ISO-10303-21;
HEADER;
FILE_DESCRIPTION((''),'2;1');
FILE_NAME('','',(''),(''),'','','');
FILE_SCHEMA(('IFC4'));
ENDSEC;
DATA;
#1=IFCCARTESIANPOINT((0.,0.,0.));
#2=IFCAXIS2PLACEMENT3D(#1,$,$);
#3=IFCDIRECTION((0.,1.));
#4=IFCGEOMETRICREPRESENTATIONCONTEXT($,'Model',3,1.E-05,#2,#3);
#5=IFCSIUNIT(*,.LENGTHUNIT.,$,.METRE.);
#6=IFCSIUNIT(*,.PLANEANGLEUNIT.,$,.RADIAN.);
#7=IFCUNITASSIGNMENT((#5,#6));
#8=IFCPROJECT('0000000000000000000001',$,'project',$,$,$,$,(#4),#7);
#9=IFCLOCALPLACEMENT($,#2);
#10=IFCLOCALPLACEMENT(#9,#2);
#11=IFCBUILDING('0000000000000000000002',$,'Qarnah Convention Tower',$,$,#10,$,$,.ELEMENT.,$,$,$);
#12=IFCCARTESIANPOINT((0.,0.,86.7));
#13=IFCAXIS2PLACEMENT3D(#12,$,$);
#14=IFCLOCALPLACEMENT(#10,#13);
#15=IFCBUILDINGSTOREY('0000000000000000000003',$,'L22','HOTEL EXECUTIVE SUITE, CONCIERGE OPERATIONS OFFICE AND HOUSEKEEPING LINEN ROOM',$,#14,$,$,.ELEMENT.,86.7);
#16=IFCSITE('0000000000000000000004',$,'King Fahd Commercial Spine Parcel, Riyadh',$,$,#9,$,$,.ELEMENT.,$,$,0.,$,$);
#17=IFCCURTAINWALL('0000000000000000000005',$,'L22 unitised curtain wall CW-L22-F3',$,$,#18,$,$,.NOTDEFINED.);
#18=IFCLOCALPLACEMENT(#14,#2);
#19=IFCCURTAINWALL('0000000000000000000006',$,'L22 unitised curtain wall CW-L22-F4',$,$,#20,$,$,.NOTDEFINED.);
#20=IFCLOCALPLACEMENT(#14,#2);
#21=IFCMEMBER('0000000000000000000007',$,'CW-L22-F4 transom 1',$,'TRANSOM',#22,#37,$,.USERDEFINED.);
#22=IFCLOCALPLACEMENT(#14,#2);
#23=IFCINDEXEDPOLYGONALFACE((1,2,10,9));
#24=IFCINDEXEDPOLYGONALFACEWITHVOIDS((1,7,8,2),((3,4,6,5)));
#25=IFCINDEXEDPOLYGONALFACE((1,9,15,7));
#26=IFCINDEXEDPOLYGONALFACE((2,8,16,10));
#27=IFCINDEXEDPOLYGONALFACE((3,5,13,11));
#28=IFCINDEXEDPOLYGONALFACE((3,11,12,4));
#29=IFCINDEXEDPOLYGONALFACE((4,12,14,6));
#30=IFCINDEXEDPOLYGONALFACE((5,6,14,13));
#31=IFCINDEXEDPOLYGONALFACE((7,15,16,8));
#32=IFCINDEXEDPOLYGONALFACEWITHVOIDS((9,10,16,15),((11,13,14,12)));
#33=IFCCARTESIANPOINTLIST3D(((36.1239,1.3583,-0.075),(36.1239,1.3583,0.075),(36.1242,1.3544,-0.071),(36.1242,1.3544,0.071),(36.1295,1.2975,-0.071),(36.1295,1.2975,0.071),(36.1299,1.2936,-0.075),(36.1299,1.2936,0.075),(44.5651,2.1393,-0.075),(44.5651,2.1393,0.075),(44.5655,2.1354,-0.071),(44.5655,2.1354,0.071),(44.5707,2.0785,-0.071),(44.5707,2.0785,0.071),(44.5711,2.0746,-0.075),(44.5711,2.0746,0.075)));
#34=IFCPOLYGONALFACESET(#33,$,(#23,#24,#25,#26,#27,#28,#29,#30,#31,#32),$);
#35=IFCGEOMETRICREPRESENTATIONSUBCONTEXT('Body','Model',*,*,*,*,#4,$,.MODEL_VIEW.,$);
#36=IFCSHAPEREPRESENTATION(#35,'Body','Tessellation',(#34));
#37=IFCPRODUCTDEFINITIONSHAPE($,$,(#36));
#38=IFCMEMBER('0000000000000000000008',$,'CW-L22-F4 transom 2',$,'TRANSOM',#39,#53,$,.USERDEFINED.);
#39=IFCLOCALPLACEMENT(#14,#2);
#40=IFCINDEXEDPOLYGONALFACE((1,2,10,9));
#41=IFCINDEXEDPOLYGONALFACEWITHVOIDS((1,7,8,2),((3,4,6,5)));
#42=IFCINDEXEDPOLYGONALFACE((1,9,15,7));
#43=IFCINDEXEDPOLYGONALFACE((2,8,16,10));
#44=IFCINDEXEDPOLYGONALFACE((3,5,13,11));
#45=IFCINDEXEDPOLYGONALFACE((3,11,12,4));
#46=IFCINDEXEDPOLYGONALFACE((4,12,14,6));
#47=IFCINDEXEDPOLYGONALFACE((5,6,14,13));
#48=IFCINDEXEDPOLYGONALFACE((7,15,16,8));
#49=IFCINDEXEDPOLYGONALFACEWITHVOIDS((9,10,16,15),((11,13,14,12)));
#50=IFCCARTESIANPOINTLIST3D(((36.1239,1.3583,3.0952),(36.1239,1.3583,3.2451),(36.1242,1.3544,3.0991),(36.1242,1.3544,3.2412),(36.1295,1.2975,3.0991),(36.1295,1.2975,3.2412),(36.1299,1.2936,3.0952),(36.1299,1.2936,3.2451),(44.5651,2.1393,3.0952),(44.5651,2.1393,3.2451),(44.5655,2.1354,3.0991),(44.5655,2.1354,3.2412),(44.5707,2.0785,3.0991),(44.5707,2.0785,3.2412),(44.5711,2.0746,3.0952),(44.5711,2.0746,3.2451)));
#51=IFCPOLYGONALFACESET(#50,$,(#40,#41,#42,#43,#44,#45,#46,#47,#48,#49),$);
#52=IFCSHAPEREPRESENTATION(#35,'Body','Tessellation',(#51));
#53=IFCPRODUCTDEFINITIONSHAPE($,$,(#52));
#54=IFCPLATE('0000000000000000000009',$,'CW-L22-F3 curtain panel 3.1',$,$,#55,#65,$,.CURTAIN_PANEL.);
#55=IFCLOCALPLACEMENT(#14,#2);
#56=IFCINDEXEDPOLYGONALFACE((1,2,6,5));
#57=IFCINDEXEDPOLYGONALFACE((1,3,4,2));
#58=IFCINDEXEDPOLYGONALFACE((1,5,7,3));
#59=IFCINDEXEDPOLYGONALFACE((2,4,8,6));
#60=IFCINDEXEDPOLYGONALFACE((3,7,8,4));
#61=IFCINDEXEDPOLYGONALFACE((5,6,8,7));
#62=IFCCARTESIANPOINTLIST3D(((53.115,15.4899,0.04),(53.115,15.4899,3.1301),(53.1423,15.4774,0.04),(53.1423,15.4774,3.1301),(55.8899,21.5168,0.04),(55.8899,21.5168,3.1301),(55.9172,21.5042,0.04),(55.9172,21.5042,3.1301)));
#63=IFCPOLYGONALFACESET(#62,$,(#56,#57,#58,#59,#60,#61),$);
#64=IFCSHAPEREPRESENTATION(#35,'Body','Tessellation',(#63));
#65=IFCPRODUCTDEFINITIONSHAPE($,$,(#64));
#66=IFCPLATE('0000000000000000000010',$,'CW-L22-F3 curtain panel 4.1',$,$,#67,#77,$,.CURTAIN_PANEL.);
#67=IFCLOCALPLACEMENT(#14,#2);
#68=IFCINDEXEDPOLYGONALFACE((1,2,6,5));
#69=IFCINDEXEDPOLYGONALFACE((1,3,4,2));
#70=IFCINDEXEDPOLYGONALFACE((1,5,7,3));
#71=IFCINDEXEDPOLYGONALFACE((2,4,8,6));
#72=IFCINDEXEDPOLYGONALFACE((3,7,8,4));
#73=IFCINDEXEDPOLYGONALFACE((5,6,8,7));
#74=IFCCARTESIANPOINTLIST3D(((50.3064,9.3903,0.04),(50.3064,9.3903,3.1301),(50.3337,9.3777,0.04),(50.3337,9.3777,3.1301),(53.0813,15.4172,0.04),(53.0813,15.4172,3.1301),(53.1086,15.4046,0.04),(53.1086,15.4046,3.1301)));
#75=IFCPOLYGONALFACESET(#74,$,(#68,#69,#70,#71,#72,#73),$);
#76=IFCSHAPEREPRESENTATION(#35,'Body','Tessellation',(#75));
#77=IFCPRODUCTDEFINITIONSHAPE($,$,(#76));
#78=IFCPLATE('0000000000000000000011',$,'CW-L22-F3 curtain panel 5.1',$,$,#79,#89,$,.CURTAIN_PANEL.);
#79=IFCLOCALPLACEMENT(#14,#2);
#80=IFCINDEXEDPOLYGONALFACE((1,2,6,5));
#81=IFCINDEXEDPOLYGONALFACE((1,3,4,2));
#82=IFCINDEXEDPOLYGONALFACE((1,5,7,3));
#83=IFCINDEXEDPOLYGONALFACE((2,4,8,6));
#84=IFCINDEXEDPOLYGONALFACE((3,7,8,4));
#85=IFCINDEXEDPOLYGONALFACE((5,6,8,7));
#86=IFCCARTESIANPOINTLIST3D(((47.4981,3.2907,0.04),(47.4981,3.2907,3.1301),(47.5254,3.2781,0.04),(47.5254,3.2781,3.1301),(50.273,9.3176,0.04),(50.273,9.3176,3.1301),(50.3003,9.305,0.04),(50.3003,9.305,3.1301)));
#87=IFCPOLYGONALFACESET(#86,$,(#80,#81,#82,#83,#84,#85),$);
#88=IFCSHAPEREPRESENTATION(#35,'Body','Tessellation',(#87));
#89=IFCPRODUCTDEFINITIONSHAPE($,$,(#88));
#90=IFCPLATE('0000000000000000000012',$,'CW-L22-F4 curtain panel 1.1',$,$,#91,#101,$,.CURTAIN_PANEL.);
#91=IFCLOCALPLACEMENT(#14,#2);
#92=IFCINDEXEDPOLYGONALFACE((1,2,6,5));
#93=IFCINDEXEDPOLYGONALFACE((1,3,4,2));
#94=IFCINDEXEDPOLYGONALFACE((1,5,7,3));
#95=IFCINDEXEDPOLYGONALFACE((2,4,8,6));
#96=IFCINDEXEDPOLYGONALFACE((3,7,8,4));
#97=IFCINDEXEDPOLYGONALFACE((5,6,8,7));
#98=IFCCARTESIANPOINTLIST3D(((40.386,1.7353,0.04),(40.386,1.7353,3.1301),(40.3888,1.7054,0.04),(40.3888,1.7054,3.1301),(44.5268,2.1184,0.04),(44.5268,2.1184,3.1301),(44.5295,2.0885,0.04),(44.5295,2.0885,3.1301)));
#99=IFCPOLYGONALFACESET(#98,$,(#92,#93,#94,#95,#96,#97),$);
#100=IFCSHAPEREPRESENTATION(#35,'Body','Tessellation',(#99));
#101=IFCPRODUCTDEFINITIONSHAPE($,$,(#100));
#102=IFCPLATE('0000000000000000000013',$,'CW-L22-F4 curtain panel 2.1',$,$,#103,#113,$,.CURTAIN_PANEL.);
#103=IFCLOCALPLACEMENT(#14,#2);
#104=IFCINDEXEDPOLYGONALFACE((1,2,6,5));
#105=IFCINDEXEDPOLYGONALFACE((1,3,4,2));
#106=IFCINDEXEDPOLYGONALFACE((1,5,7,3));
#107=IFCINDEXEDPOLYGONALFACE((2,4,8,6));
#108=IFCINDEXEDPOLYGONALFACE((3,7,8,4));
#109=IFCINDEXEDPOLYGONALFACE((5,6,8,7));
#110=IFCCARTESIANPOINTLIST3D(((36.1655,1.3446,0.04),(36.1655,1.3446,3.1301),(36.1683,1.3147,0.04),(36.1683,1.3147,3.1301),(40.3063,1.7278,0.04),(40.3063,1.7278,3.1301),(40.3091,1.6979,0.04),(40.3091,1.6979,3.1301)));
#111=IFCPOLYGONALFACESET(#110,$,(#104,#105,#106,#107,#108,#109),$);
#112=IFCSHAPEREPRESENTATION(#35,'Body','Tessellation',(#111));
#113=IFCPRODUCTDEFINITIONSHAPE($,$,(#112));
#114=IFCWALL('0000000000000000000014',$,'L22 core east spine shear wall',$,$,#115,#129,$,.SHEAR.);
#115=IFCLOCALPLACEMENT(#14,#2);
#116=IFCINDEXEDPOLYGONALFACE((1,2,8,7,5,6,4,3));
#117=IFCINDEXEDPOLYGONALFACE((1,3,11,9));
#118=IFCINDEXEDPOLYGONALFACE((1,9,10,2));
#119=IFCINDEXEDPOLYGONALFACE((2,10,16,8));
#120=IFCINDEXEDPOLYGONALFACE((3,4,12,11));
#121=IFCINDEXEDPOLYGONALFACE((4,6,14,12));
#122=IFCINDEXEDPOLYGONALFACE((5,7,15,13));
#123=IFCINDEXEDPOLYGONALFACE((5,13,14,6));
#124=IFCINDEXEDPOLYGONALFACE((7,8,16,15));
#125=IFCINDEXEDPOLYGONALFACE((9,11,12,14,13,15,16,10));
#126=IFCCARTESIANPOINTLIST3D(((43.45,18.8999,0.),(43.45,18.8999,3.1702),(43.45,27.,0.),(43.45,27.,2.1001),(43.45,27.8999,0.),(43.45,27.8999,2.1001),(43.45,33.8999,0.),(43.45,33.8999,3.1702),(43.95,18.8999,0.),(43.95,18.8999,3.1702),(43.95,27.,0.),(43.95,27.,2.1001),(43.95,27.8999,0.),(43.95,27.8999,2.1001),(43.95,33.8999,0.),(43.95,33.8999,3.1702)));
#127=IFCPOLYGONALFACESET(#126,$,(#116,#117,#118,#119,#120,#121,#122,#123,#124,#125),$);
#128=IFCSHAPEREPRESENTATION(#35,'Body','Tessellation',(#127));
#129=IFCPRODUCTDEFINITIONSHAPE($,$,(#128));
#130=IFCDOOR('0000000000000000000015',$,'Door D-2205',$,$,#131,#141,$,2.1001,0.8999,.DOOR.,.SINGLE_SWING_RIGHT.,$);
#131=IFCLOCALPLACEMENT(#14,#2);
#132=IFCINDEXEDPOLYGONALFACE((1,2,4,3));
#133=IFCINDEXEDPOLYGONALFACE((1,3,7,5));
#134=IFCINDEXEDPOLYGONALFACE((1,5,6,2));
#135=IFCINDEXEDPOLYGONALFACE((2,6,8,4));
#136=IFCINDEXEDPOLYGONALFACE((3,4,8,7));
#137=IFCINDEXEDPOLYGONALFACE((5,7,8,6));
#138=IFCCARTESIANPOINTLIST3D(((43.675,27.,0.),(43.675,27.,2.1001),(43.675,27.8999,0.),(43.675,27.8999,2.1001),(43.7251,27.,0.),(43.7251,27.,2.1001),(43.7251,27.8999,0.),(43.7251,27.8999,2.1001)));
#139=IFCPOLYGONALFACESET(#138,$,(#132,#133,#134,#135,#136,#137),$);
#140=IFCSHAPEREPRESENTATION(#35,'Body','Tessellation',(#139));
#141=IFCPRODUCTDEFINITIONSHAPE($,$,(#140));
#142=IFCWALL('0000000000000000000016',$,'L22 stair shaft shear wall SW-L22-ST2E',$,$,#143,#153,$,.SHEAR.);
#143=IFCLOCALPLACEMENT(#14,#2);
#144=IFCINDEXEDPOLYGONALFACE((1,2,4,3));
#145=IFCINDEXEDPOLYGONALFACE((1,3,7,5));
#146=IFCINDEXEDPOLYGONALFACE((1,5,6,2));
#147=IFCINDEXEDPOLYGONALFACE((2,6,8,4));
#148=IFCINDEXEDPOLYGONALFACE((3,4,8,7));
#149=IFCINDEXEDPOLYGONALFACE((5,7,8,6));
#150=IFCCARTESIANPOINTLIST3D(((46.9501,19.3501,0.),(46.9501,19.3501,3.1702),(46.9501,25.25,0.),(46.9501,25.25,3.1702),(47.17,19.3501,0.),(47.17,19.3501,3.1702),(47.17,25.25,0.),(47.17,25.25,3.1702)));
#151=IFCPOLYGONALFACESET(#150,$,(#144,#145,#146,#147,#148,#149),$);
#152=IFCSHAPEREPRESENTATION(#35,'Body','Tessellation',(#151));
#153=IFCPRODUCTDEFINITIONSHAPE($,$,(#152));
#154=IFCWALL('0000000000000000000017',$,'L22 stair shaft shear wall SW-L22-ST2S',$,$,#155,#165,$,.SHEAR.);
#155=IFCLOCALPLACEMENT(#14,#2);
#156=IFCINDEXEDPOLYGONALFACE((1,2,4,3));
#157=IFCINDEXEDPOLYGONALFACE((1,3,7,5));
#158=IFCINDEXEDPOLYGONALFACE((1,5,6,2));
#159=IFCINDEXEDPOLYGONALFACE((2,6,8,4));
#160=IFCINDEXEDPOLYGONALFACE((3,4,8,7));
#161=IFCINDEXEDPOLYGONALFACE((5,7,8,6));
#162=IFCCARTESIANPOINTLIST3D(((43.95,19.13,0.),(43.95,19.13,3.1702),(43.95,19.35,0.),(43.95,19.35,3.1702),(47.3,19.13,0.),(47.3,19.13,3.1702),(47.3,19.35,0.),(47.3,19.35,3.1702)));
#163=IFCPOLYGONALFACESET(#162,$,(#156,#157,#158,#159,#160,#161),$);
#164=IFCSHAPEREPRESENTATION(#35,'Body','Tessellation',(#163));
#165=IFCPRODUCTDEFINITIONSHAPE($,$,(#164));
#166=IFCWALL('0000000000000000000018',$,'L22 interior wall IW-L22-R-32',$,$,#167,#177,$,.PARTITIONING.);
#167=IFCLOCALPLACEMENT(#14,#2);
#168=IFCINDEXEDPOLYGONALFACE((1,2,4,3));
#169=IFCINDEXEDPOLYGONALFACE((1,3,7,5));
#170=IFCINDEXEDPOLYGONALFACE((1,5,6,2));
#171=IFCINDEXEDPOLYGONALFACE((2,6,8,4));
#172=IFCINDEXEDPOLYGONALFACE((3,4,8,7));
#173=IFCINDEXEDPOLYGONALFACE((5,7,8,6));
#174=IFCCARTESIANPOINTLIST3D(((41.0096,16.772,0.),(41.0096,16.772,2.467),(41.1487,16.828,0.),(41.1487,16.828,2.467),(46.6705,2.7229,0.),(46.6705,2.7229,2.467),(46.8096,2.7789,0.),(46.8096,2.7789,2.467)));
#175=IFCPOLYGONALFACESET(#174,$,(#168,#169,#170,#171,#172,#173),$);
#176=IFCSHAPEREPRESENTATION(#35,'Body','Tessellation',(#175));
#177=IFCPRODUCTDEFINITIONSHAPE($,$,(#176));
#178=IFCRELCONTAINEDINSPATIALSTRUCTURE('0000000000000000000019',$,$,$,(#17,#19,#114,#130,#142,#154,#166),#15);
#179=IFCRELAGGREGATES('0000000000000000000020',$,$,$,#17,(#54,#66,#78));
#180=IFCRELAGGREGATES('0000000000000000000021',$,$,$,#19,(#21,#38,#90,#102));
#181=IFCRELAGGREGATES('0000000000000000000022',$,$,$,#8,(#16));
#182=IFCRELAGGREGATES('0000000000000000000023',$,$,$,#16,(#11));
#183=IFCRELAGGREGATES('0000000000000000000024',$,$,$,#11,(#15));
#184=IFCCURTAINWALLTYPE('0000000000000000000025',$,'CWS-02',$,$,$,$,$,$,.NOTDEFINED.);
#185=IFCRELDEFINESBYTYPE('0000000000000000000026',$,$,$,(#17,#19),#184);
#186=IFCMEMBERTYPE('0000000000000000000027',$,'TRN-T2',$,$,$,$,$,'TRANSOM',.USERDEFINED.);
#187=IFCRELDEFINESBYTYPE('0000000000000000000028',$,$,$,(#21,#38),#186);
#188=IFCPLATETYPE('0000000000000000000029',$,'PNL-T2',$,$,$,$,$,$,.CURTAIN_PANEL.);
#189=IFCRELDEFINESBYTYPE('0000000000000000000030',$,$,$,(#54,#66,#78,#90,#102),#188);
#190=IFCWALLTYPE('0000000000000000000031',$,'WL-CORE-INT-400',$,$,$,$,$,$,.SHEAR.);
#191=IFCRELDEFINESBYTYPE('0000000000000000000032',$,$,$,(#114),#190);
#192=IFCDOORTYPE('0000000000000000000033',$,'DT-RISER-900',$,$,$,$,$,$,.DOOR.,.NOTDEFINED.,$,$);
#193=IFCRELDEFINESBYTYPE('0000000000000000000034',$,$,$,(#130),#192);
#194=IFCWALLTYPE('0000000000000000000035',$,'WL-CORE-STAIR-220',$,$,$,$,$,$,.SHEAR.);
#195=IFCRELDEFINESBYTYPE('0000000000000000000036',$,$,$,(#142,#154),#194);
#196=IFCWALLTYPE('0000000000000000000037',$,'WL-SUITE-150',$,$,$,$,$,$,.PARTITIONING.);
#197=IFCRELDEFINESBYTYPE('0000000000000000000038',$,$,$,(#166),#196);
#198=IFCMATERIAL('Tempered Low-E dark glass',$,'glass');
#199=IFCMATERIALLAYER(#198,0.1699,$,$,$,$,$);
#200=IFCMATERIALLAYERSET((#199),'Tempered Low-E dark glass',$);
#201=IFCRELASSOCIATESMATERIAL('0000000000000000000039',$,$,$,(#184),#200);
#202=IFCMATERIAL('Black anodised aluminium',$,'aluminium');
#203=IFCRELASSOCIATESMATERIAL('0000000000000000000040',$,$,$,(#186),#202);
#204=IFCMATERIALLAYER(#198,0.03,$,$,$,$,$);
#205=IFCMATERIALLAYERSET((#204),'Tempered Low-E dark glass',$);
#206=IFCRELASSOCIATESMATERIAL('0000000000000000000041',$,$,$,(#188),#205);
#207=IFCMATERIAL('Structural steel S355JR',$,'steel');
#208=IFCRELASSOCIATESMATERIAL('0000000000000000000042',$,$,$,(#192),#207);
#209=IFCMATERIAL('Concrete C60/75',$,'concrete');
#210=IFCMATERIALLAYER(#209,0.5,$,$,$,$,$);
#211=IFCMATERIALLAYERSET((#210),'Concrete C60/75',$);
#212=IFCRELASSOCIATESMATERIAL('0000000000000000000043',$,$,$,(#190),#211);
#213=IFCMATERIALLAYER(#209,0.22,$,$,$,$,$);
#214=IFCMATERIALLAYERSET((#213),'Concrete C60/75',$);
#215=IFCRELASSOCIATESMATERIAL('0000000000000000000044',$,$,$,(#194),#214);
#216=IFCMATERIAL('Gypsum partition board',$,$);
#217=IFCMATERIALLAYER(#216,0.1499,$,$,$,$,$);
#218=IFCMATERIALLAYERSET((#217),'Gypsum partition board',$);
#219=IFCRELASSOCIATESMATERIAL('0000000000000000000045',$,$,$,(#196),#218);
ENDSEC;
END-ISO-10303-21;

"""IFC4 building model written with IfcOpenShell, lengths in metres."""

from ifc_helpers import new_model, si_unit, direction, frame, frame_2d, origin, origin_2d, place, context, subcontext, project, spatial, rectangle, hollow_rectangle, extrude, material, layer, layer_set, material_profile, profile_set, type_object, element, fill, aggregate, save


model = new_model("IFC4")

# Units and contexts
model_context = context("Model", 3, precision=1e-05, world=origin(), true_north=direction((0.0, 1.0)))
body_context = subcontext(model_context, "Body", "Model", "MODEL_VIEW")
ifc_project = project(units=[si_unit("LENGTHUNIT", "METRE"), si_unit("PLANEANGLEUNIT", "RADIAN")], contexts=[model_context])

# Site, building, storey
site_placement = place(None, origin())
site = spatial("IfcSite", under=ifc_project, at=site_placement, Name="King Fahd Commercial Spine Parcel, Riyadh", CompositionType="ELEMENT", RefElevation=0.0)
building_placement = place(site_placement, origin())
building = spatial("IfcBuilding", under=site, at=building_placement, Name="Qarnah Convention Tower", CompositionType="ELEMENT")
storey_placement = place(building_placement, frame((0.0, 0.0, 86.7)))
storey = spatial("IfcBuildingStorey", under=building, at=storey_placement, Name="L22", Description="HOTEL EXECUTIVE SUITE, CONCIERGE OPERATIONS OFFICE AND HOUSEKEEPING LINEN ROOM", CompositionType="ELEMENT", Elevation=86.7)

# Shared definitions
ifc_material_1 = material(Name="Concrete C60/75", Category="concrete")

# Shared definitions
ifc_material_2 = material(Name="Structural steel S355JR", Category="steel")

# Curtain walls, members
ifc_material_3 = material(Name="Tempered Low-E dark glass", Category="glass")
ifc_layer_1 = layer(ifc_material_3, 0.1699)
ifc_layer_set_1 = layer_set([ifc_layer_1], Name="Tempered Low-E dark glass")
curtain_wall_type = type_object("IfcCurtainWallType", Name="CWS-02", PredefinedType="NOTDEFINED", material=ifc_layer_set_1)
curtain_wall_1_placement = place(storey_placement, origin())
curtain_wall_1 = element("IfcCurtainWall", 1, at=curtain_wall_1_placement, inside=storey, type_object=curtain_wall_type, Name="L22 unitised curtain wall CW-L22-F3", PredefinedType="NOTDEFINED")
ifc_material_4 = material(Name="Black anodised aluminium", Category="aluminium")
curtain_wall_2_placement = place(storey_placement, origin())
curtain_wall_2 = element("IfcCurtainWall", 2, at=curtain_wall_2_placement, inside=storey, type_object=curtain_wall_type, Name="L22 unitised curtain wall CW-L22-F4", PredefinedType="NOTDEFINED")
ifc_material_profile_1 = material_profile(ifc_material_4, hollow_rectangle(XDim=0.0649, YDim=0.1499, WallThickness=0.0039, at=origin_2d()), Name="TRN-65X150")
ifc_profile_set_1 = profile_set([ifc_material_profile_1], Name="Black anodised aluminium")
member_type_1 = type_object("IfcMemberType", Name="TRN-T2", ElementType="TRANSOM", PredefinedType="USERDEFINED", material=ifc_profile_set_1)
member_1_placement = place(storey_placement, frame((44.5681, 2.1069, 0.0), z_axis=(-0.995747, -0.09213, 0.0), x_axis=(0.09213, -0.995747, 0.0)))
member_1 = element("IfcMember", 3, at=member_1_placement, type_object=member_type_1, Name="CW-L22-F4 transom 1", ObjectType="TRANSOM", PredefinedType="USERDEFINED", context=body_context, shape_type="SweptSolid", body=[
    extrude(hollow_rectangle(XDim=0.0649, YDim=0.1499, WallThickness=0.0039, at=origin_2d()), origin(), (0.0, 0.0, 1.0), 8.4773),
])
member_2_placement = place(storey_placement, frame((44.5681, 2.1069, 3.1702), z_axis=(-0.995747, -0.09213, 0.0), x_axis=(0.09213, -0.995747, 0.0)))
member_2 = element("IfcMember", 4, at=member_2_placement, type_object=member_type_1, Name="CW-L22-F4 transom 2", ObjectType="TRANSOM", PredefinedType="USERDEFINED", context=body_context, shape_type="SweptSolid", body=[
    extrude(hollow_rectangle(XDim=0.0649, YDim=0.1499, WallThickness=0.0039, at=origin_2d()), origin(), (0.0, 0.0, 1.0), 8.4773),
])

# Plates
ifc_layer_2 = layer(ifc_material_3, 0.03)
ifc_layer_set_2 = layer_set([ifc_layer_2], Name="Tempered Low-E dark glass")
plate_type = type_object("IfcPlateType", Name="PNL-T2", PredefinedType="CURTAIN_PANEL", material=ifc_layer_set_2)
plate_1_placement = place(storey_placement, frame((54.5161, 18.4971, 0.04), z_axis=(0.0, 0.0, 1.0), x_axis=(-0.418223, -0.908344, 0.0)))
plate_1 = element("IfcPlate", 5, at=plate_1_placement, type_object=plate_type, Name="CW-L22-F3 curtain panel 3.1", PredefinedType="CURTAIN_PANEL", context=body_context, shape_type="SweptSolid", body=[
    extrude(rectangle(XDim=6.635, YDim=0.03, at=origin_2d()), origin(), (0.0, 0.0, 1.0), 3.0901),
])
plate_2_placement = place(storey_placement, frame((51.7075, 12.3975, 0.04), z_axis=(0.0, 0.0, 1.0), x_axis=(-0.418223, -0.908344, 0.0)))
plate_2 = element("IfcPlate", 6, at=plate_2_placement, type_object=plate_type, Name="CW-L22-F3 curtain panel 4.1", PredefinedType="CURTAIN_PANEL", context=body_context, shape_type="SweptSolid", body=[
    extrude(rectangle(XDim=6.635, YDim=0.03, at=origin_2d()), origin(), (0.0, 0.0, 1.0), 3.0901),
])
plate_3_placement = place(storey_placement, frame((48.8992, 6.2979, 0.04), z_axis=(0.0, 0.0, 1.0), x_axis=(-0.418223, -0.908344, 0.0)))
plate_3 = element("IfcPlate", 7, at=plate_3_placement, type_object=plate_type, Name="CW-L22-F3 curtain panel 5.1", PredefinedType="CURTAIN_PANEL", context=body_context, shape_type="SweptSolid", body=[
    extrude(rectangle(XDim=6.635, YDim=0.03, at=origin_2d()), origin(), (0.0, 0.0, 1.0), 3.0901),
])
aggregate(curtain_wall_1, [plate_1, plate_2, plate_3])
plate_4_placement = place(storey_placement, frame((42.4578, 1.9119, 0.04), z_axis=(0.0, 0.0, 1.0), x_axis=(-0.995747, -0.092131, 0.0)))
plate_4 = element("IfcPlate", 8, at=plate_4_placement, type_object=plate_type, Name="CW-L22-F4 curtain panel 1.1", PredefinedType="CURTAIN_PANEL", context=body_context, shape_type="SweptSolid", body=[
    extrude(rectangle(XDim=4.1584, YDim=0.03, at=origin_2d()), origin(), (0.0, 0.0, 1.0), 3.0901),
])
plate_5_placement = place(storey_placement, frame((38.2373, 1.5212, 0.04), z_axis=(0.0, 0.0, 1.0), x_axis=(-0.995747, -0.092131, 0.0)))
plate_5 = element("IfcPlate", 9, at=plate_5_placement, type_object=plate_type, Name="CW-L22-F4 curtain panel 2.1", PredefinedType="CURTAIN_PANEL", context=body_context, shape_type="SweptSolid", body=[
    extrude(rectangle(XDim=4.1584, YDim=0.03, at=origin_2d()), origin(), (0.0, 0.0, 1.0), 3.0901),
])
aggregate(curtain_wall_2, [member_1, member_2, plate_4, plate_5])

# Shared definitions
door_type_1 = type_object("IfcDoorType", Name="DT-RISER-900", OperationType="NOTDEFINED", PredefinedType="DOOR", material=ifc_material_2)

# Wall, opening, door
ifc_layer_3 = layer(ifc_material_1, 0.5)
ifc_layer_set_3 = layer_set([ifc_layer_3], Name="Concrete C60/75")
wall_type_1 = type_object("IfcWallType", Name="WL-CORE-INT-400", PredefinedType="SHEAR", material=ifc_layer_set_3)
wall_1_placement = place(storey_placement, frame((43.7, 18.8999, 0.0), z_axis=(0.0, 0.0, 1.0), x_axis=(0.0, 1.0, 0.0)))
wall_1 = element("IfcWall", 10, at=wall_1_placement, inside=storey, type_object=wall_type_1, Name="L22 core east spine shear wall", PredefinedType="SHEAR", context=body_context, shape_type="SweptSolid", body=[
    extrude(rectangle(XDim=15.0, YDim=0.5, at=frame_2d((7.5, 0.0))), origin(), (0.0, 0.0, 1.0), 3.1702),
])
opening_1_placement = place(wall_1_placement, frame((8.1001, 0.0, 0.0)))
opening_1 = element("IfcOpeningElement", 11, at=opening_1_placement, cuts=wall_1, PredefinedType="OPENING", context=body_context, shape_type="SweptSolid", body=[
    extrude(rectangle(XDim=0.8999, YDim=2.1001, at=frame_2d((0.45, 1.05))), frame((0.0, 0.26, 0.0), z_axis=(0.0, -1.0, 0.0), x_axis=(1.0, 0.0, 0.0)), (0.0, 0.0, 1.0), 0.52),
])
door_1_placement = place(opening_1_placement, origin())
door_1 = element("IfcDoor", 12, at=door_1_placement, inside=storey, type_object=door_type_1, Name="Door D-2205", OperationType="SINGLE_SWING_RIGHT", OverallHeight=2.1001, OverallWidth=0.8999, PredefinedType="DOOR", context=body_context, shape_type="SweptSolid", body=[
    extrude(rectangle(XDim=0.8999, YDim=2.1001, at=frame_2d((0.45, 1.05))), frame((0.0, 0.0249, 0.0), z_axis=(0.0, -1.0, 0.0), x_axis=(1.0, 0.0, 0.0)), (0.0, 0.0, 1.0), 0.05),
])
fill(opening_1, door_1)

# Walls
ifc_layer_4 = layer(ifc_material_1, 0.22)
ifc_layer_set_4 = layer_set([ifc_layer_4], Name="Concrete C60/75")
wall_type_2 = type_object("IfcWallType", Name="WL-CORE-STAIR-220", PredefinedType="SHEAR", material=ifc_layer_set_4)
wall_2_placement = place(storey_placement, frame((47.0601, 19.3501, 0.0), z_axis=(0.0, 0.0, 1.0), x_axis=(0.0, 1.0, 0.0)))
element("IfcWall", 13, at=wall_2_placement, inside=storey, type_object=wall_type_2, Name="L22 stair shaft shear wall SW-L22-ST2E", PredefinedType="SHEAR", context=body_context, shape_type="SweptSolid", body=[
    extrude(rectangle(XDim=5.8999, YDim=0.22, at=frame_2d((2.95, 0.0))), origin(), (0.0, 0.0, 1.0), 3.1702),
])
wall_3_placement = place(storey_placement, frame((43.95, 19.24, 0.0), z_axis=(0.0, 0.0, 1.0), x_axis=(1.0, 0.0, 0.0)))
element("IfcWall", 14, at=wall_3_placement, inside=storey, type_object=wall_type_2, Name="L22 stair shaft shear wall SW-L22-ST2S", PredefinedType="SHEAR", context=body_context, shape_type="SweptSolid", body=[
    extrude(rectangle(XDim=3.3501, YDim=0.22, at=frame_2d((1.675, 0.0))), origin(), (0.0, 0.0, 1.0), 3.1702),
])
ifc_material_5 = material(Name="Gypsum partition board")
ifc_layer_5 = layer(ifc_material_5, 0.1499)
ifc_layer_set_5 = layer_set([ifc_layer_5], Name="Gypsum partition board")
wall_type_3 = type_object("IfcWallType", Name="WL-SUITE-150", PredefinedType="PARTITIONING", material=ifc_layer_set_5)
wall_4_placement = place(storey_placement, frame((46.74, 2.751, 0.0), z_axis=(0.0, 0.0, 1.0), x_axis=(-0.373738, 0.927534, 0.0)))
element("IfcWall", 15, at=wall_4_placement, inside=storey, type_object=wall_type_3, Name="L22 interior wall IW-L22-R-32", PredefinedType="PARTITIONING", context=body_context, shape_type="SweptSolid", body=[
    extrude(rectangle(XDim=15.1467, YDim=0.1499, at=frame_2d((7.5732, 0.0))), origin(), (0.0, 0.0, 1.0), 2.467),
])

save(model, "model.ifc")
